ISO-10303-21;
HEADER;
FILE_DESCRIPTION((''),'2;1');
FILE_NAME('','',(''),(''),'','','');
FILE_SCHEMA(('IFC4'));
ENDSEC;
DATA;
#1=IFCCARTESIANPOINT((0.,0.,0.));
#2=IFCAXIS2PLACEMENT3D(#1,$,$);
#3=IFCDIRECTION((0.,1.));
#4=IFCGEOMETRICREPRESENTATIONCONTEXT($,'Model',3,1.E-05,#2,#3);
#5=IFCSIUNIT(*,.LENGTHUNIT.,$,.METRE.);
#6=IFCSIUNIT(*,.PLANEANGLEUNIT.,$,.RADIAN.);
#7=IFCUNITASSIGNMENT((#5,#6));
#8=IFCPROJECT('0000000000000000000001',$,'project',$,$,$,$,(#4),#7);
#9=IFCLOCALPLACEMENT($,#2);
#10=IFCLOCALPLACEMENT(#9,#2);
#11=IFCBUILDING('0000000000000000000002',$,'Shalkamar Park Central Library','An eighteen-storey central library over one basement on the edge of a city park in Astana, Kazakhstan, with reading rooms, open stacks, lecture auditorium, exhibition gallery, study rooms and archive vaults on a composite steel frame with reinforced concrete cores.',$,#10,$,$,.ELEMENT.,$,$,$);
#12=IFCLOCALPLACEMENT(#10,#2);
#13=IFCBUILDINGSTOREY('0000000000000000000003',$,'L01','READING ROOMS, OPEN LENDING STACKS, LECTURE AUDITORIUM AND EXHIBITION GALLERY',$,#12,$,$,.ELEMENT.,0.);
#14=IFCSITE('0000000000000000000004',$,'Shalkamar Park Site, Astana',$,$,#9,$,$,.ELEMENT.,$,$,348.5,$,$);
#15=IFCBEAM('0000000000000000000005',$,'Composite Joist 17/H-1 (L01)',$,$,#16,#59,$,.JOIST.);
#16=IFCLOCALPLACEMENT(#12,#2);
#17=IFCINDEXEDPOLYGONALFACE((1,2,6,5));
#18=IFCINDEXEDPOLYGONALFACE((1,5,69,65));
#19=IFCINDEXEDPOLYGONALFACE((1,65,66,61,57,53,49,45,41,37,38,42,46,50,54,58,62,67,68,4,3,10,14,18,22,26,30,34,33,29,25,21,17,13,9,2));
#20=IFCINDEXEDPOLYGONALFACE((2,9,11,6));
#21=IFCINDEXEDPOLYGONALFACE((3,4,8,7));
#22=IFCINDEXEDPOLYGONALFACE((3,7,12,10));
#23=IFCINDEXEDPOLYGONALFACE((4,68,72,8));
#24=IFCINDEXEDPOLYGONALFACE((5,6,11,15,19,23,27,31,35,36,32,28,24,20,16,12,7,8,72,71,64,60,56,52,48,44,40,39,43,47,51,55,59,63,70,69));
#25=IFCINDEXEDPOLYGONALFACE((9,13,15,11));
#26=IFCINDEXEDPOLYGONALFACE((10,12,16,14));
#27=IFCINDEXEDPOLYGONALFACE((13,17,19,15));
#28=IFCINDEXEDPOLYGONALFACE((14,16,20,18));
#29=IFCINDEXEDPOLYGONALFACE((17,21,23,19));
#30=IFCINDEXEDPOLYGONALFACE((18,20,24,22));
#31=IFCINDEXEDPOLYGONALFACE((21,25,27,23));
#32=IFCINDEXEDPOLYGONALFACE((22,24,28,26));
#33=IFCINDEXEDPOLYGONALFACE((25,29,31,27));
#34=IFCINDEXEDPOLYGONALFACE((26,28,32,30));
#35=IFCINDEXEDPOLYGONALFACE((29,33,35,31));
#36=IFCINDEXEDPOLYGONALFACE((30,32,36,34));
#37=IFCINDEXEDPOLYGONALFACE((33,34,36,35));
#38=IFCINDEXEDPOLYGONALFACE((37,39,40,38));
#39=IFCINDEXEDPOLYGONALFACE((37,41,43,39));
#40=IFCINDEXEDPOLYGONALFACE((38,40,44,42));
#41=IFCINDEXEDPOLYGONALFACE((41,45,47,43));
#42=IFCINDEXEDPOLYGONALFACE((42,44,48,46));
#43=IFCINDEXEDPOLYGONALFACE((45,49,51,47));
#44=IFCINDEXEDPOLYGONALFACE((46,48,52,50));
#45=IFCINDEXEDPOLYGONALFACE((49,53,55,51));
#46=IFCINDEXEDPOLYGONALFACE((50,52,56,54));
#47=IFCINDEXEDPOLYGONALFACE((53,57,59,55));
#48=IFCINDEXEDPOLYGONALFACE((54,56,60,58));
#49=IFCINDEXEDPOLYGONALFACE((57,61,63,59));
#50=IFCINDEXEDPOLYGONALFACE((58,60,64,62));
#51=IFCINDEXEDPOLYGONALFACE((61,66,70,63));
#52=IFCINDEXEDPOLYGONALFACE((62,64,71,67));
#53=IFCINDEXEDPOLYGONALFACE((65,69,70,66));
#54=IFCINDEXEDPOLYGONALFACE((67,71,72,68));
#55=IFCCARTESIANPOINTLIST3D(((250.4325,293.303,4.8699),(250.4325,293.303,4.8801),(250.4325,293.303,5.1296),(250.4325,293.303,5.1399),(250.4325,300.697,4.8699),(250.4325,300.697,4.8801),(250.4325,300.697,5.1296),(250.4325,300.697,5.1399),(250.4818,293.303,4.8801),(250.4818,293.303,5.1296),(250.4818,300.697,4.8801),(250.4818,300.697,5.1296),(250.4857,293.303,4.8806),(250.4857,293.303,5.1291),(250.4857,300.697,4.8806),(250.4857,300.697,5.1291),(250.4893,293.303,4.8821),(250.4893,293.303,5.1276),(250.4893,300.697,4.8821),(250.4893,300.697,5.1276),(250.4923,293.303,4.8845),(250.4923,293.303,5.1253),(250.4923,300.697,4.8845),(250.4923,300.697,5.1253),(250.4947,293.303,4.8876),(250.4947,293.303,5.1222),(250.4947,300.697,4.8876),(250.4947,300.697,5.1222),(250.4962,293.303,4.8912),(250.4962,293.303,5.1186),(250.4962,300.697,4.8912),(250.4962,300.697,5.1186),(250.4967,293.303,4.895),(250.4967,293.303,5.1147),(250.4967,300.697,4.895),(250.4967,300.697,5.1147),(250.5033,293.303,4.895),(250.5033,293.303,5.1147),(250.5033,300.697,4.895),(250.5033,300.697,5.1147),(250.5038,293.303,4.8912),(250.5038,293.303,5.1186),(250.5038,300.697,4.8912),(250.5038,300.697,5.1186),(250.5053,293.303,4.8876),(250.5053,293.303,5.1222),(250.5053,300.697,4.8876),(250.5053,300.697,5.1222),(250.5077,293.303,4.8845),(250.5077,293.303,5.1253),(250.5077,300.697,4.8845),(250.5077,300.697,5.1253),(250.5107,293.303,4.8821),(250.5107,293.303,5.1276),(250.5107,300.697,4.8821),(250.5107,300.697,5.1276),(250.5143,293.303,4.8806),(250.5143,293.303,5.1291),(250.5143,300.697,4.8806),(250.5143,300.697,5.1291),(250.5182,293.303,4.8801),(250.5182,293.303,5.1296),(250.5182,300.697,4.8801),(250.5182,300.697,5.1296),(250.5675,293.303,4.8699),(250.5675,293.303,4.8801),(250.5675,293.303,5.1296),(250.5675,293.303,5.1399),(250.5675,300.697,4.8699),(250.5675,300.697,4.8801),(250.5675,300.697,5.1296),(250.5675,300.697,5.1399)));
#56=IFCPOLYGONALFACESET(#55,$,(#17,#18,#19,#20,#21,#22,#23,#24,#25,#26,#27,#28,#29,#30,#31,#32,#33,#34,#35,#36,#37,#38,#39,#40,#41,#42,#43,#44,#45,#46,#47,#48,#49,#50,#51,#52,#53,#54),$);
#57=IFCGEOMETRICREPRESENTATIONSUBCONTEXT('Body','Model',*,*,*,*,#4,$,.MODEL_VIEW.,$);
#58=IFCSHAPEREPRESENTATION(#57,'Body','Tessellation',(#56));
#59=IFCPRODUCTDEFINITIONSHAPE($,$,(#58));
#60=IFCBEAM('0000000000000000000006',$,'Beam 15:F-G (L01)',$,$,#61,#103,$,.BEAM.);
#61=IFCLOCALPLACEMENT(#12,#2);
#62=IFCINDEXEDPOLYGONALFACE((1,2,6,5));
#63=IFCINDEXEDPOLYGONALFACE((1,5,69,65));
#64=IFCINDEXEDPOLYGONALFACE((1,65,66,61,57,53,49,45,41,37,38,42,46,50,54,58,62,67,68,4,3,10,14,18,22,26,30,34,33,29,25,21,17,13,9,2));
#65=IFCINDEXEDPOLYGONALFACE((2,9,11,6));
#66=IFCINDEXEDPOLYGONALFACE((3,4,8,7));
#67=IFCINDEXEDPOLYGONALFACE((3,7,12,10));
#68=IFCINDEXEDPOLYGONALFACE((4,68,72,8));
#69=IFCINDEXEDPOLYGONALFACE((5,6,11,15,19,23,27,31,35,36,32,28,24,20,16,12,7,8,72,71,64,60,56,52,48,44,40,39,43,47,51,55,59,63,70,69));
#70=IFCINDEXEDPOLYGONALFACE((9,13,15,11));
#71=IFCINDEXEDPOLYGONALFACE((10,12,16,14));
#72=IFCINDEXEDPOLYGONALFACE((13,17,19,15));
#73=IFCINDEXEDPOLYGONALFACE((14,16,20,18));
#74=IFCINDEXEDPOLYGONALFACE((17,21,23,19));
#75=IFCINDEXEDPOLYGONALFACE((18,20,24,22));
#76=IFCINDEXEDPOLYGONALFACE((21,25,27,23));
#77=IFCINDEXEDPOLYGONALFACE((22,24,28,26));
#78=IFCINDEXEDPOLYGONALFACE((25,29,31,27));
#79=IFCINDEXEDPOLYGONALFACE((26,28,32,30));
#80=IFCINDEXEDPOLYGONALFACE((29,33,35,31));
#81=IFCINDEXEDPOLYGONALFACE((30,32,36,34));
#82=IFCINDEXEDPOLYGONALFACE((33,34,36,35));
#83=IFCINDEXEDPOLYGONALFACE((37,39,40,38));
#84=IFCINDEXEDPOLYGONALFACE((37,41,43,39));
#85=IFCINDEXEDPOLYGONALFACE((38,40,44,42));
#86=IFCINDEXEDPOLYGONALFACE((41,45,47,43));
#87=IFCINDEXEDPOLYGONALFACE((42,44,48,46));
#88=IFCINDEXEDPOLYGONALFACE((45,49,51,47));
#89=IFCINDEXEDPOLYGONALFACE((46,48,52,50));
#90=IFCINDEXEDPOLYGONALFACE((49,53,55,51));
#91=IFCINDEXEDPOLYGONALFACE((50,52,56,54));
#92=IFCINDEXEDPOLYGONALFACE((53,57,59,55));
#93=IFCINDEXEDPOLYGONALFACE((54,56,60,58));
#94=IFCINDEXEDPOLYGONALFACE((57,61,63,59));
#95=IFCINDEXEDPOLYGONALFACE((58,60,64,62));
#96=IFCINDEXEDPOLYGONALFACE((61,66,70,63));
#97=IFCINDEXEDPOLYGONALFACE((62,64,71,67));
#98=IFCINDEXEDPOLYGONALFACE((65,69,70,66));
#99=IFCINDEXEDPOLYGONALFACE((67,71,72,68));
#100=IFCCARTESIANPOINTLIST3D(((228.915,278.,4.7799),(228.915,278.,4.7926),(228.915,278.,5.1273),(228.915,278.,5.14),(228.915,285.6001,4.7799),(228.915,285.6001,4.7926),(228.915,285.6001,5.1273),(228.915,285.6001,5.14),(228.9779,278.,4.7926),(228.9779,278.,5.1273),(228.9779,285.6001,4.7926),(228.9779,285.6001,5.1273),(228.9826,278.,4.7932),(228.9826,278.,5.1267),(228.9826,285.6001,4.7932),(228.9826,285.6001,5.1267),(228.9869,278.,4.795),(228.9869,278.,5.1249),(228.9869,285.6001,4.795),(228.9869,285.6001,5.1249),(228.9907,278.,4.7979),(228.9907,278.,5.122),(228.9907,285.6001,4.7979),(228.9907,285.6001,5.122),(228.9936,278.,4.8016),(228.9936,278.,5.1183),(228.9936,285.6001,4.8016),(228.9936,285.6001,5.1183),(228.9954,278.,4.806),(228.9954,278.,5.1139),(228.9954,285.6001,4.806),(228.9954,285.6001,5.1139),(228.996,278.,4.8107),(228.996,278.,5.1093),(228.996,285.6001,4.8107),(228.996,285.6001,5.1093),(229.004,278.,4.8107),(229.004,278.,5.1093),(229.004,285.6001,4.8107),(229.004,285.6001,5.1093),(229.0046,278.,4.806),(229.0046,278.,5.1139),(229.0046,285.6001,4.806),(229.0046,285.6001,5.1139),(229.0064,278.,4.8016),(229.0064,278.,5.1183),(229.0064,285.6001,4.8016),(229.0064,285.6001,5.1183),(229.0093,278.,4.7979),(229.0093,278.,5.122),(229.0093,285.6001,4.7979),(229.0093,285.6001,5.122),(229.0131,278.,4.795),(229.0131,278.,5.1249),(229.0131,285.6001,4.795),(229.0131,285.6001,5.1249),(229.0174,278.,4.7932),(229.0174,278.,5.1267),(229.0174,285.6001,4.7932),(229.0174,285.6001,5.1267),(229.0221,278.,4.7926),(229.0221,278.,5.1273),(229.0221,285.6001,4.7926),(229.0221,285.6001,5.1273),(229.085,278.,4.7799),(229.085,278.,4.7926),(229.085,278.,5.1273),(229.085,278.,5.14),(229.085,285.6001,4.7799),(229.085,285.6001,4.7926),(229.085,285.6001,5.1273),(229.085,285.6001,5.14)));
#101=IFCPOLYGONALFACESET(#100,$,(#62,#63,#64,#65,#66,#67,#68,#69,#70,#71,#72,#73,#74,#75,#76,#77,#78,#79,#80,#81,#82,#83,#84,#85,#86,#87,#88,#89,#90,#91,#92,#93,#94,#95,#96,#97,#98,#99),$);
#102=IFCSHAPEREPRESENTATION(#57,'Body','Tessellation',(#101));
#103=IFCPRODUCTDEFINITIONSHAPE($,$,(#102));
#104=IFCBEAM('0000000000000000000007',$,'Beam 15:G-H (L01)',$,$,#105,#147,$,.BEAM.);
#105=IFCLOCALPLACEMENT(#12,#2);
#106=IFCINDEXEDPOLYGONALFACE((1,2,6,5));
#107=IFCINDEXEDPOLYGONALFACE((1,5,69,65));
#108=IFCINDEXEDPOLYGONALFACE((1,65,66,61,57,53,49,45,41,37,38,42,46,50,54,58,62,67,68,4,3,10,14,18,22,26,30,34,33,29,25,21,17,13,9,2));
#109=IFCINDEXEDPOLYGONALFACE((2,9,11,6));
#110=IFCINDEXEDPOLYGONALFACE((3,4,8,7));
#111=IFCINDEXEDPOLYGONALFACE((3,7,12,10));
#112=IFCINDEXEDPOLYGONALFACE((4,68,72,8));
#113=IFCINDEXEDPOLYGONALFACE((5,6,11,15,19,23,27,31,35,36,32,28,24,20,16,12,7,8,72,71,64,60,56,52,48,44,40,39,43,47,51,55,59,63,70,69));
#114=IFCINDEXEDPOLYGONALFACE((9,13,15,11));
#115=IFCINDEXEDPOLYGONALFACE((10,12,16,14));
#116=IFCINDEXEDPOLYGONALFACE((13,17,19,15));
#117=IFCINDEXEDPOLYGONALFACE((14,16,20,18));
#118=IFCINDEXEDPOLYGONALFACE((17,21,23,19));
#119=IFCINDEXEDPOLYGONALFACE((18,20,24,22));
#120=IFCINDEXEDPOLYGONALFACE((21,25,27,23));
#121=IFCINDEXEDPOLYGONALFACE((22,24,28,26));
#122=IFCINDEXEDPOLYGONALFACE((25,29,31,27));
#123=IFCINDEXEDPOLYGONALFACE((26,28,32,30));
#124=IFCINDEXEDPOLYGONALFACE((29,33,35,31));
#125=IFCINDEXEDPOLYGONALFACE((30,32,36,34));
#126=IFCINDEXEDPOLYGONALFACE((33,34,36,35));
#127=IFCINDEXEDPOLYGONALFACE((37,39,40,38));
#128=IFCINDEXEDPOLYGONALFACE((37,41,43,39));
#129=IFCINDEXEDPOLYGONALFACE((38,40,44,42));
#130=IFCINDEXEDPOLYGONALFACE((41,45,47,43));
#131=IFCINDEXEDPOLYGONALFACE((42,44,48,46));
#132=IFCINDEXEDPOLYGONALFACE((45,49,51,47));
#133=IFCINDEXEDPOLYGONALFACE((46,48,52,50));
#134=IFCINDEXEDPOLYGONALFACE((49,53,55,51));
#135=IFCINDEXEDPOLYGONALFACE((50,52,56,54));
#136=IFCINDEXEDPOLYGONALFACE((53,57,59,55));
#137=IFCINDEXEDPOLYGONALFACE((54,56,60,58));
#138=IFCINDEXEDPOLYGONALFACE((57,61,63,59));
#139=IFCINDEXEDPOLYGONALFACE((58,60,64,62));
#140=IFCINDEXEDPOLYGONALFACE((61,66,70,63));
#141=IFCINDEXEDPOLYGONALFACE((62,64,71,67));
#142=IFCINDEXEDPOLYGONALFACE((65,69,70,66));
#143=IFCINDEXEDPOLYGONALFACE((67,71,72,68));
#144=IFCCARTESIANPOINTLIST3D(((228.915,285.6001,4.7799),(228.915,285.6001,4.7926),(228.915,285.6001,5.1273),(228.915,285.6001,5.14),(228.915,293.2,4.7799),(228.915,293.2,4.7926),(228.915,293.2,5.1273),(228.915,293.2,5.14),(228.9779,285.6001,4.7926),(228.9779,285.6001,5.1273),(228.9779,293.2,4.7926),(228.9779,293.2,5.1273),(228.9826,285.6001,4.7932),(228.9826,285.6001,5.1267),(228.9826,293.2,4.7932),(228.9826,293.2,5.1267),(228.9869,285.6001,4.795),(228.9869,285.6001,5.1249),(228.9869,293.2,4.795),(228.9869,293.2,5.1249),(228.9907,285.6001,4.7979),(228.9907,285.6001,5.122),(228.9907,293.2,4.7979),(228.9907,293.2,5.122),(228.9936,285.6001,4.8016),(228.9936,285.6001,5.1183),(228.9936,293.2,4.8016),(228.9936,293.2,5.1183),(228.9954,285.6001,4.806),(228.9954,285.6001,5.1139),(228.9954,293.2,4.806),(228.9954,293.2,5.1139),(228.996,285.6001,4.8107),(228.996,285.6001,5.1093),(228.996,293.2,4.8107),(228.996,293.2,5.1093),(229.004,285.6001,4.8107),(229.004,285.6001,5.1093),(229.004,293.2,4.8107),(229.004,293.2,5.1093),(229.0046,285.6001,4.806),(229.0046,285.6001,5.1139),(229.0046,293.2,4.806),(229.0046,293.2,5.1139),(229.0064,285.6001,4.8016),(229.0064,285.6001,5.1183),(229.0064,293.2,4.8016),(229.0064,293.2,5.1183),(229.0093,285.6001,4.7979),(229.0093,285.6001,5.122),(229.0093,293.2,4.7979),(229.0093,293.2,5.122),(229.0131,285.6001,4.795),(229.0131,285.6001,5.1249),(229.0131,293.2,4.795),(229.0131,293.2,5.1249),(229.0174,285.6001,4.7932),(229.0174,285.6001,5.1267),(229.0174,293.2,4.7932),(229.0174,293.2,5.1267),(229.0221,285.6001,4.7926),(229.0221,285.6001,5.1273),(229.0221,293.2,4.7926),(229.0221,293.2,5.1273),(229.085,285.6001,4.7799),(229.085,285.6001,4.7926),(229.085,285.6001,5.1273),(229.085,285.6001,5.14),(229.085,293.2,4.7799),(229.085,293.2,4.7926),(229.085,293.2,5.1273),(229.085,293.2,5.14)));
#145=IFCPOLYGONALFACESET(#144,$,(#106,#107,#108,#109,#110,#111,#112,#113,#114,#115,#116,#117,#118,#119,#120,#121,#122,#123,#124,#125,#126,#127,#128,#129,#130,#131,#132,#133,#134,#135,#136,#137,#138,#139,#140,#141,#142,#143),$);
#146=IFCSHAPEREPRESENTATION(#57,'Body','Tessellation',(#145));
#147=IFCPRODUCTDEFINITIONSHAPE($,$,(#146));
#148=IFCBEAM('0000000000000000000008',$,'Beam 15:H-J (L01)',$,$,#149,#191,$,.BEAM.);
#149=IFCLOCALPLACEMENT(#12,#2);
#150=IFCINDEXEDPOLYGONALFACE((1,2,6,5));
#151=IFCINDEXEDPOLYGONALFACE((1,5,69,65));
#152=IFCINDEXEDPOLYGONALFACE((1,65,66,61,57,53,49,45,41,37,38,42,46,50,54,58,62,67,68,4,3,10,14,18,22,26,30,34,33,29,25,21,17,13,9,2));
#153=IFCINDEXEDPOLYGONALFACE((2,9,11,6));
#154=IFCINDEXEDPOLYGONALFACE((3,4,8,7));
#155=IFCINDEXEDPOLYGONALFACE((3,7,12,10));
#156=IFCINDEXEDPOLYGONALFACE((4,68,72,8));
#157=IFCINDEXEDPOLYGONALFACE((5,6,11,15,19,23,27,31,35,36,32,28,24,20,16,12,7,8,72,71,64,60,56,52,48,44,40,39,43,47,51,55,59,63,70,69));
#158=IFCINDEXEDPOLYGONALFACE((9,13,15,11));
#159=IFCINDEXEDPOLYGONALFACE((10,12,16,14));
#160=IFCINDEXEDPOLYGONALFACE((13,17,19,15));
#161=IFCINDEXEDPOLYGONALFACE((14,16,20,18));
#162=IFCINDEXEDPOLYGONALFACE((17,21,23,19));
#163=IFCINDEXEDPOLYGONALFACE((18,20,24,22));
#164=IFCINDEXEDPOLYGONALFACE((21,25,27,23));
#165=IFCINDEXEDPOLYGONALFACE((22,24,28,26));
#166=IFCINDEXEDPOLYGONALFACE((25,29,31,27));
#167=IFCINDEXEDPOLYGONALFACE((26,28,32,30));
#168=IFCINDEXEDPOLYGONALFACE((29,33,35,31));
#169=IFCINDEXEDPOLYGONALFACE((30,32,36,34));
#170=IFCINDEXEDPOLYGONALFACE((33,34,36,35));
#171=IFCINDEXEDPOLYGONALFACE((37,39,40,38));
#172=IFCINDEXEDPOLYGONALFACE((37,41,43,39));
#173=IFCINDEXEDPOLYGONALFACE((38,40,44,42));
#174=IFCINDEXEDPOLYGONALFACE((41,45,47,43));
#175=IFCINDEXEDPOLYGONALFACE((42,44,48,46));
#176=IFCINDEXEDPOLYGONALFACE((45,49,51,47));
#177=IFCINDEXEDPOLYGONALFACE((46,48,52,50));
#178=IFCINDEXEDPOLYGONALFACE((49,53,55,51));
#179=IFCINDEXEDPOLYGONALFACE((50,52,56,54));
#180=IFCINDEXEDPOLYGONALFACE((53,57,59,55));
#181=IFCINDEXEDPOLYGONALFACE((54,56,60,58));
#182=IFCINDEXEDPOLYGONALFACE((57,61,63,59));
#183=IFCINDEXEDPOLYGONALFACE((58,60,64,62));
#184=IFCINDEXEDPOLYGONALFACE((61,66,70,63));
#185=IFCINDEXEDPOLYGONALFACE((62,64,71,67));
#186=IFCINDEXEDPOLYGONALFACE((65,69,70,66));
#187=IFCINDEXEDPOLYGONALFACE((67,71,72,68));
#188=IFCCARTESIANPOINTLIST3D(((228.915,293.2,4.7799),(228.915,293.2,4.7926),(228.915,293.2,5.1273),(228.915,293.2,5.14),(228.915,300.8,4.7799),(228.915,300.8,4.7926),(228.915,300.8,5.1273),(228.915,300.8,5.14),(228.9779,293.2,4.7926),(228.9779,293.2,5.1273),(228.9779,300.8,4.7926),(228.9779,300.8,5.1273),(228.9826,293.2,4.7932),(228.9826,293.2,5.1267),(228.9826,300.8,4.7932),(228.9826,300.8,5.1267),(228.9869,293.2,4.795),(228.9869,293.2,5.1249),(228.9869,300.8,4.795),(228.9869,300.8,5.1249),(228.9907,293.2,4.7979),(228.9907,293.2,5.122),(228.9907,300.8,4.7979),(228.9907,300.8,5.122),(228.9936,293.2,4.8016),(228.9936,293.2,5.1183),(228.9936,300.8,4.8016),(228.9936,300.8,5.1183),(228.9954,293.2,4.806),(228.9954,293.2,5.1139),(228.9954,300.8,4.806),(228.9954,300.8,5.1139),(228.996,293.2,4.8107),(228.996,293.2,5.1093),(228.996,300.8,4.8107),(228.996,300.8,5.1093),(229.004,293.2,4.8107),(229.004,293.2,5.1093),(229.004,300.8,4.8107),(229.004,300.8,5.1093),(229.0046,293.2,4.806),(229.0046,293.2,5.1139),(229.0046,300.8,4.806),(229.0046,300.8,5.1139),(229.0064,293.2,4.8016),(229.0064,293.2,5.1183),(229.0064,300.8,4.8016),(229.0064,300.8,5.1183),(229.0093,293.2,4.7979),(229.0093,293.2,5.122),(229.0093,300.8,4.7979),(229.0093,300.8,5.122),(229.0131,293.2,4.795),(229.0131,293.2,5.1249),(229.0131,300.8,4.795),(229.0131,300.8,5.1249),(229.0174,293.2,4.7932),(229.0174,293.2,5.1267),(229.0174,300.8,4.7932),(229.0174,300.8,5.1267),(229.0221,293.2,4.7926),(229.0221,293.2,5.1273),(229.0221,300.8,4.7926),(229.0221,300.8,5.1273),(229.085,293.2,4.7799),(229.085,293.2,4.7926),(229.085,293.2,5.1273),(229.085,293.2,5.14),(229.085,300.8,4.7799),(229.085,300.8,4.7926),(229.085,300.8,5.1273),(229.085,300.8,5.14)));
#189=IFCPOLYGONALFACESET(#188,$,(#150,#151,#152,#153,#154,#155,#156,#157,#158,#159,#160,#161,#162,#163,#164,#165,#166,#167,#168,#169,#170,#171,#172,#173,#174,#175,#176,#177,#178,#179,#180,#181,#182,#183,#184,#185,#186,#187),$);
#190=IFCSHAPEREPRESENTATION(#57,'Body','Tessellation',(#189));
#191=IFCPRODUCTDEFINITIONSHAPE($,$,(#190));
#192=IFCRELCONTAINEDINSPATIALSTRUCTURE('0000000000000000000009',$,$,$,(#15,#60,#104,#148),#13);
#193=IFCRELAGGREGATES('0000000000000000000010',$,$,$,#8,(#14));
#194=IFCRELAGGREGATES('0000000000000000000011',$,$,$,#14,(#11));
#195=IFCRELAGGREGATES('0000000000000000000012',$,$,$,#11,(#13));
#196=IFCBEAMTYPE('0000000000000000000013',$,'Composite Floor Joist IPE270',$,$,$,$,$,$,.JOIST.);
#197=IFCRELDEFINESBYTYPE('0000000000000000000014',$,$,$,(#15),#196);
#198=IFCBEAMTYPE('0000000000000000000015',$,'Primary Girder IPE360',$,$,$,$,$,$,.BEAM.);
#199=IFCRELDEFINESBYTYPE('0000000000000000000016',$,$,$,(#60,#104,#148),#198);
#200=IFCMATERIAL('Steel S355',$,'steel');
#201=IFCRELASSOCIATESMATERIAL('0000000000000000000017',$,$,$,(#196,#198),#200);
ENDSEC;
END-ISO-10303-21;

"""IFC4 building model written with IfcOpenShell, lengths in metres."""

from ifc_helpers import new_model, si_unit, direction, frame, origin, origin_2d, place, context, subcontext, project, spatial, i_section, extrude, material, material_profile, profile_set, type_object, element, save


model = new_model("IFC4")

# Units and contexts
model_context = context("Model", 3, precision=1e-05, world=origin(), true_north=direction((0.0, 1.0)))
body_context = subcontext(model_context, "Body", "Model", "MODEL_VIEW")
ifc_project = project(units=[si_unit("LENGTHUNIT", "METRE"), si_unit("PLANEANGLEUNIT", "RADIAN")], contexts=[model_context])

# Site, building, storey
site_placement = place(None, origin())
site = spatial("IfcSite", under=ifc_project, at=site_placement, Name="Shalkamar Park Site, Astana", CompositionType="ELEMENT", RefElevation=348.5)
building_placement = place(site_placement, origin())
building = spatial("IfcBuilding", under=site, at=building_placement, Name="Shalkamar Park Central Library", Description="An eighteen-storey central library over one basement on the edge of a city park in Astana, Kazakhstan, with reading rooms, open stacks, lecture auditorium, exhibition gallery, study rooms and archive vaults on a composite steel frame with reinforced concrete cores.", CompositionType="ELEMENT")
storey_placement = place(building_placement, origin())
storey = spatial("IfcBuildingStorey", under=building, at=storey_placement, Name="L01", Description="READING ROOMS, OPEN LENDING STACKS, LECTURE AUDITORIUM AND EXHIBITION GALLERY", CompositionType="ELEMENT", Elevation=0.0)

# Shared definitions
ifc_material_1 = material(Name="Steel S355", Category="steel")

# Beams
ifc_material_profile_1 = material_profile(ifc_material_1, i_section(OverallWidth=0.135, OverallDepth=0.27, WebThickness=0.0066, FlangeThickness=0.0103, FilletRadius=0.0149, at=origin_2d()), Name="IPE 270")
ifc_profile_set_1 = profile_set([ifc_material_profile_1], Name="Steel S355")
beam_type_1 = type_object("IfcBeamType", Name="Composite Floor Joist IPE270", PredefinedType="JOIST", material=ifc_profile_set_1)
for number, where, z_axis, x_axis, name in (
    (1, (250.5, 293.303, 5.0049), (0.0, 1.0, 0.0), (-1.0, 0.0, 0.0), "Composite Joist 17/H-1 (L01)"),
):
    element("IfcBeam", number, at=place(storey_placement, frame(where, z_axis=z_axis, x_axis=x_axis)), inside=storey, type_object=beam_type_1, Name=name, PredefinedType="JOIST", context=body_context, shape_type="SweptSolid", body=[
        extrude(i_section(OverallWidth=0.135, OverallDepth=0.27, WebThickness=0.0066, FlangeThickness=0.0103, FilletRadius=0.0149, at=origin_2d()), origin(), (0.0, 0.0, 1.0), 7.394),
    ])
ifc_material_profile_2 = material_profile(ifc_material_1, i_section(OverallWidth=0.1699, OverallDepth=0.3601, WebThickness=0.0081, FlangeThickness=0.0127, FilletRadius=0.0181, at=origin_2d()), Name="IPE 360")
ifc_profile_set_2 = profile_set([ifc_material_profile_2], Name="Steel S355")
beam_type_2 = type_object("IfcBeamType", Name="Primary Girder IPE360", PredefinedType="BEAM", material=ifc_profile_set_2)
beam_1_placement = place(storey_placement, frame((229.0, 278.0, 4.96), z_axis=(0.0, 1.0, 0.0), x_axis=(-1.0, 0.0, 0.0)))
element("IfcBeam", 2, at=beam_1_placement, inside=storey, type_object=beam_type_2, Name="Beam 15:F-G (L01)", PredefinedType="BEAM", context=body_context, shape_type="SweptSolid", body=[
    extrude(i_section(OverallWidth=0.1699, OverallDepth=0.3601, WebThickness=0.0081, FlangeThickness=0.0127, FilletRadius=0.0181, at=origin_2d()), origin(), (0.0, 0.0, 1.0), 7.6001),
])
beam_2_placement = place(storey_placement, frame((229.0, 285.6001, 4.96), z_axis=(0.0, 1.0, 0.0), x_axis=(-1.0, 0.0, 0.0)))
element("IfcBeam", 3, at=beam_2_placement, inside=storey, type_object=beam_type_2, Name="Beam 15:G-H (L01)", PredefinedType="BEAM", context=body_context, shape_type="SweptSolid", body=[
    extrude(i_section(OverallWidth=0.1699, OverallDepth=0.3601, WebThickness=0.0081, FlangeThickness=0.0127, FilletRadius=0.0181, at=origin_2d()), origin(), (0.0, 0.0, 1.0), 7.5999),
])
for number, where, z_axis, x_axis, name in (
    (4, (229.0, 293.2, 4.96), (0.0, 1.0, 0.0), (-1.0, 0.0, 0.0), "Beam 15:H-J (L01)"),
):
    element("IfcBeam", number, at=place(storey_placement, frame(where, z_axis=z_axis, x_axis=x_axis)), inside=storey, type_object=beam_type_2, Name=name, PredefinedType="BEAM", context=body_context, shape_type="SweptSolid", body=[
        extrude(i_section(OverallWidth=0.1699, OverallDepth=0.3601, WebThickness=0.0081, FlangeThickness=0.0127, FilletRadius=0.0181, at=origin_2d()), origin(), (0.0, 0.0, 1.0), 7.6001),
    ])

save(model, "model.ifc")
